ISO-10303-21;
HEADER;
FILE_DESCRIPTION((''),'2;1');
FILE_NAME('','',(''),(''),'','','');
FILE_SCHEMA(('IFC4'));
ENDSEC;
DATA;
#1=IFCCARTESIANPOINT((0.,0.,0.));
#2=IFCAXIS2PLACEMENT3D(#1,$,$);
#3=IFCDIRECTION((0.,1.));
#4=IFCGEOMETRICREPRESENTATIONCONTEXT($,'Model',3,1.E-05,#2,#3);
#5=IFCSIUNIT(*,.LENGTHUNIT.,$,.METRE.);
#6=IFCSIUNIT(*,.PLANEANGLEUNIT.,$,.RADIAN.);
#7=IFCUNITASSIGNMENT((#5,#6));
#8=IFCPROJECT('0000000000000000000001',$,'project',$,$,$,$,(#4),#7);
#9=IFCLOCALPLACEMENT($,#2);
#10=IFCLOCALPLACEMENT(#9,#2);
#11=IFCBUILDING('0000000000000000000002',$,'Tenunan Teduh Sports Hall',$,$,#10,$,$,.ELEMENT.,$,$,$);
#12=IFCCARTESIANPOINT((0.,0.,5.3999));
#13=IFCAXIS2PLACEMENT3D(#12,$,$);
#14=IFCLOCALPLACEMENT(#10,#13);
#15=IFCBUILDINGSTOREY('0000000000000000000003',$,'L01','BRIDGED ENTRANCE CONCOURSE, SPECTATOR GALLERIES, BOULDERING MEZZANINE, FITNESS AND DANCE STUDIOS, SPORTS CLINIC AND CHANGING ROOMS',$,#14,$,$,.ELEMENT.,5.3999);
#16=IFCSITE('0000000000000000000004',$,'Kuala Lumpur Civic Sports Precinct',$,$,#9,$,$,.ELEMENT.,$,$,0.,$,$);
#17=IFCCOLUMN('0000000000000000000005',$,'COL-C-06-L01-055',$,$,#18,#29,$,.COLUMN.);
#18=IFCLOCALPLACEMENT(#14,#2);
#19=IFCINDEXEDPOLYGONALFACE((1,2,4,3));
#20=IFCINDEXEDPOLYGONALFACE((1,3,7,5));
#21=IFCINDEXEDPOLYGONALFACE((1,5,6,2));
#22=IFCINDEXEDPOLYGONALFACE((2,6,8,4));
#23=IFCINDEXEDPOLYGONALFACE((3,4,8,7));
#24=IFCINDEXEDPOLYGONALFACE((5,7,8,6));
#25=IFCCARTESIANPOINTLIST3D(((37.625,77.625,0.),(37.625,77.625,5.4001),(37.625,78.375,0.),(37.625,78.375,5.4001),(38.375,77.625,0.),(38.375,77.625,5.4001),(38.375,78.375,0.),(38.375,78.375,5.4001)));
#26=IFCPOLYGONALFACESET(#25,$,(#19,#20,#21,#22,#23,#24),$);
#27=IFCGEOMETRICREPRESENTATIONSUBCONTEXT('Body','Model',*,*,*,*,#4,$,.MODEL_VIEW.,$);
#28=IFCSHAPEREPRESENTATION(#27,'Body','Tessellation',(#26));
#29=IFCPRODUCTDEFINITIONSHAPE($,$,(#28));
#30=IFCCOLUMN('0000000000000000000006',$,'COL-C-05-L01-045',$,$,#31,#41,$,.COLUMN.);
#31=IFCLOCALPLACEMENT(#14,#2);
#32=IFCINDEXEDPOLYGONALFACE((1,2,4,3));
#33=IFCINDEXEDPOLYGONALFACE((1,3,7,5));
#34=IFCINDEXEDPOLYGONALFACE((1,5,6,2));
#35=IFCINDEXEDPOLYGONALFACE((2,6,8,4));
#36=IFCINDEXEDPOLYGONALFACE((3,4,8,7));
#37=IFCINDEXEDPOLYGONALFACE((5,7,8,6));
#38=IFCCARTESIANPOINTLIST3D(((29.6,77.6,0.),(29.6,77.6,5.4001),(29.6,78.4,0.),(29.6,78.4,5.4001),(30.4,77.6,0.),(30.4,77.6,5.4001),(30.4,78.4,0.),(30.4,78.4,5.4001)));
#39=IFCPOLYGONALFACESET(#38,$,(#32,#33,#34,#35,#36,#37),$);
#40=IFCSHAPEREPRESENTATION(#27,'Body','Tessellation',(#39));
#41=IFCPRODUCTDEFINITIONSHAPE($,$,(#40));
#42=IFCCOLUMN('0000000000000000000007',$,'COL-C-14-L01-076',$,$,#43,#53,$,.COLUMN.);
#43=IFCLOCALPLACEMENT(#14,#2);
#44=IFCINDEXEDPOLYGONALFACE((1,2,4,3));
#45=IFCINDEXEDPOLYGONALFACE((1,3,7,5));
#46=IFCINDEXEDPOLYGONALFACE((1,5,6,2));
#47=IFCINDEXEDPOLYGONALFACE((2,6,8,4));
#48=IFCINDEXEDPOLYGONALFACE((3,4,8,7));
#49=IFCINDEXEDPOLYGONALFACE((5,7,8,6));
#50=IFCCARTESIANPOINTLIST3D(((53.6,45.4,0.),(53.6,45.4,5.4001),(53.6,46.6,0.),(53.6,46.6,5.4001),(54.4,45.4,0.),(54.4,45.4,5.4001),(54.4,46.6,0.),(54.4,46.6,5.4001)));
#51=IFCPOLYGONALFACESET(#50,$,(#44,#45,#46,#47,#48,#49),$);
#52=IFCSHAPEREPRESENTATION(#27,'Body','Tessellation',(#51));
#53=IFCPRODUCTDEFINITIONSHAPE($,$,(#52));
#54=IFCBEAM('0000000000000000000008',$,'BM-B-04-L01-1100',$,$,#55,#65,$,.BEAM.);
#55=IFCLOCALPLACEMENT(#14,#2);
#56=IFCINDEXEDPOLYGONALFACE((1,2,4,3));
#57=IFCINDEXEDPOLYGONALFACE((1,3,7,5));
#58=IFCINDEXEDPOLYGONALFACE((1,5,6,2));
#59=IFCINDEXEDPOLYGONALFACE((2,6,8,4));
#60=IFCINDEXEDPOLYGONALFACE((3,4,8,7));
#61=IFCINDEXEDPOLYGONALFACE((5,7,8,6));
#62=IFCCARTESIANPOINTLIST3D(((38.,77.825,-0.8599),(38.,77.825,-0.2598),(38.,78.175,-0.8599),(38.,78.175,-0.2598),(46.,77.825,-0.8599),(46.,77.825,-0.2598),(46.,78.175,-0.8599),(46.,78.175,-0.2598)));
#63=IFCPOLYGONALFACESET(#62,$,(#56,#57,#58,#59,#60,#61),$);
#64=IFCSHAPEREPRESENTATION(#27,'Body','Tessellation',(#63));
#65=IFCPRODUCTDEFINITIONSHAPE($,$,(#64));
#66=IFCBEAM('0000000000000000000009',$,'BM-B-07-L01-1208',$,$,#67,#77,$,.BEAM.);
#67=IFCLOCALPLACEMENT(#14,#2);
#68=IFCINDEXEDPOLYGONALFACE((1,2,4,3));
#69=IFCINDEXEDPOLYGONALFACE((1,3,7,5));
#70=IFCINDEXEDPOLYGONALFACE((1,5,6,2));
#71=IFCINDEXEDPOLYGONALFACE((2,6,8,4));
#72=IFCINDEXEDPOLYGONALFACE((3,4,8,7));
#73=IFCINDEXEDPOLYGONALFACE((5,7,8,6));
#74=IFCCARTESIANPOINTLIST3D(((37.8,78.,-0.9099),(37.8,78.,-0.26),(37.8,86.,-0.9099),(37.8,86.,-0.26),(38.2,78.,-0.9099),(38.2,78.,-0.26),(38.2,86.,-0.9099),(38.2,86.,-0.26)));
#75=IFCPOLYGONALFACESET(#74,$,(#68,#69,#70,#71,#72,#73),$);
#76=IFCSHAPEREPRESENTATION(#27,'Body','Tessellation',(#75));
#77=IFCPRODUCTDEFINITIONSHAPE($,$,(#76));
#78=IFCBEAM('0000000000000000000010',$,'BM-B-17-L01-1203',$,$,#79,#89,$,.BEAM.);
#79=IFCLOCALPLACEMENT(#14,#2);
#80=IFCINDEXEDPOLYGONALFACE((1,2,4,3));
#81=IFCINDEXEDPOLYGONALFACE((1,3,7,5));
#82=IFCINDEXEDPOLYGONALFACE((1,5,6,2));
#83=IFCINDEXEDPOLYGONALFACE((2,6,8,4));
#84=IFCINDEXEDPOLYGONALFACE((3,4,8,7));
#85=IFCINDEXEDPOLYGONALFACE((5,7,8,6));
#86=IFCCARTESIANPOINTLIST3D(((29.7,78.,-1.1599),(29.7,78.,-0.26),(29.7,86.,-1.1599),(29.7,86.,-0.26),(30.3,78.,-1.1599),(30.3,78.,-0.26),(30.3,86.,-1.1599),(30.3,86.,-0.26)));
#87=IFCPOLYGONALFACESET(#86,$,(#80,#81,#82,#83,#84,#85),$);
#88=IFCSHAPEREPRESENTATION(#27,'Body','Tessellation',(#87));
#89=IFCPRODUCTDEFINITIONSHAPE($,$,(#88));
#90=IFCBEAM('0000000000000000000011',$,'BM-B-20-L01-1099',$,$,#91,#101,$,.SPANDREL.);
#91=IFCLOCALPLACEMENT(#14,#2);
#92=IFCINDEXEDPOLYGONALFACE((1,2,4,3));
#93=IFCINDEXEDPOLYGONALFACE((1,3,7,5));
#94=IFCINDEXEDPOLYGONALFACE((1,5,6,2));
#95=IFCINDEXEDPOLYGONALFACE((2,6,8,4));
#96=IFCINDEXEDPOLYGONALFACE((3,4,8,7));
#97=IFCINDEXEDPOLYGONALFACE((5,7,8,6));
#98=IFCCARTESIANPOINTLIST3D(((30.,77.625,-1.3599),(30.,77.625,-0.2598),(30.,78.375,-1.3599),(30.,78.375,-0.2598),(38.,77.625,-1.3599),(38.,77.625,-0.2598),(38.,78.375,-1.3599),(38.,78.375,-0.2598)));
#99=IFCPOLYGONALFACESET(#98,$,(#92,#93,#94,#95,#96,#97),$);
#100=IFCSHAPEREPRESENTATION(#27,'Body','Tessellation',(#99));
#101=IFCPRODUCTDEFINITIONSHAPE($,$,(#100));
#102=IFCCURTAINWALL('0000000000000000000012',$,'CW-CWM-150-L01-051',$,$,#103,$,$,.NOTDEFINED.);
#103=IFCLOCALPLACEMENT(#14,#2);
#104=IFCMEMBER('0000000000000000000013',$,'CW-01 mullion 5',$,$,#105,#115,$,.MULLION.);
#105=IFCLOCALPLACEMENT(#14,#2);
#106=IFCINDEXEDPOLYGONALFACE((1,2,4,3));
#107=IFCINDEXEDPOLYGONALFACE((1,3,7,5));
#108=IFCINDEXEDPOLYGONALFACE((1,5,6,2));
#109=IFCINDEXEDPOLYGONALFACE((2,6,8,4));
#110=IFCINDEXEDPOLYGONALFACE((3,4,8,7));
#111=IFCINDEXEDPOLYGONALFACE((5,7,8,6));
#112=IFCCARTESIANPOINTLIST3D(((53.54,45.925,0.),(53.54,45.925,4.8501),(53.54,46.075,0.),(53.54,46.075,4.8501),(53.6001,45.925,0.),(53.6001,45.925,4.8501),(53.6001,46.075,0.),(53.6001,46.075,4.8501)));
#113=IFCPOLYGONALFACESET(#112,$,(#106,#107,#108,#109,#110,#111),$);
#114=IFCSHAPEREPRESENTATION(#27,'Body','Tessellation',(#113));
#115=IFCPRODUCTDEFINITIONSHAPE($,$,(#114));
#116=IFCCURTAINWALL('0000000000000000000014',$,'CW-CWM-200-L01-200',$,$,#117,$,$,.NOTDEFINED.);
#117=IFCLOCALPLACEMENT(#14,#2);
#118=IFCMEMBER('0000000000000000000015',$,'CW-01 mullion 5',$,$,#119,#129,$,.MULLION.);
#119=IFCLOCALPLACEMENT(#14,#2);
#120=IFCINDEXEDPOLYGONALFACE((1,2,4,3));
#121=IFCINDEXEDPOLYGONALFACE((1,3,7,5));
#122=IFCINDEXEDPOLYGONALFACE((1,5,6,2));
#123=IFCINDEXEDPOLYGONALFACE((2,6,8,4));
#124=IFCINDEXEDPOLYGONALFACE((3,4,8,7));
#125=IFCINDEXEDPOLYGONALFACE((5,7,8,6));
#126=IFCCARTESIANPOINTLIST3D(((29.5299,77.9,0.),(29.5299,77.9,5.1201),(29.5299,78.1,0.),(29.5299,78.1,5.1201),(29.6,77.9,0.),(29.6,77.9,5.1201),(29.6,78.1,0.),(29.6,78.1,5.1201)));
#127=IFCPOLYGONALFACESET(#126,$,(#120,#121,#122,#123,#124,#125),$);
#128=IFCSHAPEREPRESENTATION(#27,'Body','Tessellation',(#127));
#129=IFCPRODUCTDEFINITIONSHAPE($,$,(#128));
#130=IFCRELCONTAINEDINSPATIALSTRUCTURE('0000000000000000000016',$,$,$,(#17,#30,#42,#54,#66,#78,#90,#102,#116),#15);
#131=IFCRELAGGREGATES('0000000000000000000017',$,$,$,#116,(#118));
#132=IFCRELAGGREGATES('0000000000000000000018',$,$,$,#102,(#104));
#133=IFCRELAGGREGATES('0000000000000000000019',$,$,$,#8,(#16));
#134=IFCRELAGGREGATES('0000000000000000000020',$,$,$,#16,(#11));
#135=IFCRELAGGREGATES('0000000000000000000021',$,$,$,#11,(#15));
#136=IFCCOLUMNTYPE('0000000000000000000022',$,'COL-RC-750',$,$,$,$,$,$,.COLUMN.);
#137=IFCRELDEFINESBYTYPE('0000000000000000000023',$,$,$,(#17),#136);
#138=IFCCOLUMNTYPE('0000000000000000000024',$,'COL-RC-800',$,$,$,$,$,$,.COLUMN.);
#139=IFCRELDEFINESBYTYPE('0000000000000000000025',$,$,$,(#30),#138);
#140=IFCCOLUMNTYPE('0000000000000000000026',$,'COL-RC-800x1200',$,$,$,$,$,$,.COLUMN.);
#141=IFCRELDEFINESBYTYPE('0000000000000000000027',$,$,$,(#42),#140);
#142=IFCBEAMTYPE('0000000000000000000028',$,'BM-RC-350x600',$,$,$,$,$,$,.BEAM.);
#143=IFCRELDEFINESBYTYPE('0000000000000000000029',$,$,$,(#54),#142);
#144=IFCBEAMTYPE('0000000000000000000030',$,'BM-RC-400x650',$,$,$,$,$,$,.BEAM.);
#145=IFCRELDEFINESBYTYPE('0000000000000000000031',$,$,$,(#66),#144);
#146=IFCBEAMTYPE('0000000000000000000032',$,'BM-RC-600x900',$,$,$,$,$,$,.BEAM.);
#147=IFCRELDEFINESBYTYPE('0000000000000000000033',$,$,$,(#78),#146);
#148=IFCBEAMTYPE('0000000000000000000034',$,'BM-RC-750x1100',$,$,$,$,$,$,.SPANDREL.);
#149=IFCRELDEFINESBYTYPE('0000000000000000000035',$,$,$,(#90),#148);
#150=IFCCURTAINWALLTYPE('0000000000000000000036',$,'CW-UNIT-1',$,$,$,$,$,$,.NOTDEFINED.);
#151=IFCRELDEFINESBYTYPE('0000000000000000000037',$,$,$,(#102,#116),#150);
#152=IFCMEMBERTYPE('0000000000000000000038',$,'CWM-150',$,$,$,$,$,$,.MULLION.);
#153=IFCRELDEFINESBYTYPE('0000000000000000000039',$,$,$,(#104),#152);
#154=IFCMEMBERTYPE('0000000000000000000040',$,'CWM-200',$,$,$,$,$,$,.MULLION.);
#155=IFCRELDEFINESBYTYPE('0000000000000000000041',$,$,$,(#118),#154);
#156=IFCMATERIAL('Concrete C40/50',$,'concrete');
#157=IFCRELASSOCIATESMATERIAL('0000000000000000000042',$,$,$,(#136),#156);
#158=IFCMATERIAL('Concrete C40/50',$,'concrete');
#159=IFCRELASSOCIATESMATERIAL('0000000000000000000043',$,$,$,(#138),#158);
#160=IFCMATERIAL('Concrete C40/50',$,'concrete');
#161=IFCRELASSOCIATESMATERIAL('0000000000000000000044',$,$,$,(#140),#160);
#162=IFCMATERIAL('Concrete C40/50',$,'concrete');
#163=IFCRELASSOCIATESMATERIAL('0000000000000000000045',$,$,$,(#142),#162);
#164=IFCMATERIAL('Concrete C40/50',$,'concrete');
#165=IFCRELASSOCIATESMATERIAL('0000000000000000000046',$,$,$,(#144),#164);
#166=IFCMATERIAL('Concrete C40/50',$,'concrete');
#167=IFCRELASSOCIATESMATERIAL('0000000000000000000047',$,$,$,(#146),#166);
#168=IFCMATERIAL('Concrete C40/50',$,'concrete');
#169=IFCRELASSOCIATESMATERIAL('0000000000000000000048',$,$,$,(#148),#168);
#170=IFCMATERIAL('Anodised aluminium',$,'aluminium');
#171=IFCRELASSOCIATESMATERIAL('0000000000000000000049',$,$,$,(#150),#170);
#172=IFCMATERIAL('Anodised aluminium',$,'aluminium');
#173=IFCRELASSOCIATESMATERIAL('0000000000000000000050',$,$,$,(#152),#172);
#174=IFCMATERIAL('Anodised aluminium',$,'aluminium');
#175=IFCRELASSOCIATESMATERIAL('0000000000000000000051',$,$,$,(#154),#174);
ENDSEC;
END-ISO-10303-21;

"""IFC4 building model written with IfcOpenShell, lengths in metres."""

from ifc_helpers import new_model, si_unit, direction, frame, origin, origin_2d, place, context, subcontext, project, spatial, rectangle, extrude, material, material_profile, profile_set, type_object, element, aggregate, save


model = new_model("IFC4")

# Units and contexts
model_context = context("Model", 3, precision=1e-05, world=origin(), true_north=direction((0.0, 1.0)))
body_context = subcontext(model_context, "Body", "Model", "MODEL_VIEW")
ifc_project = project(units=[si_unit("LENGTHUNIT", "METRE"), si_unit("PLANEANGLEUNIT", "RADIAN")], contexts=[model_context])

# Site, building, storey
site_placement = place(None, origin())
site = spatial("IfcSite", under=ifc_project, at=site_placement, Name="Kuala Lumpur Civic Sports Precinct", CompositionType="ELEMENT", RefElevation=0.0)
building_placement = place(site_placement, origin())
building = spatial("IfcBuilding", under=site, at=building_placement, Name="Tenunan Teduh Sports Hall", CompositionType="ELEMENT")
storey_placement = place(building_placement, frame((0.0, 0.0, 5.3999)))
storey = spatial("IfcBuildingStorey", under=building, at=storey_placement, Name="L01", Description="BRIDGED ENTRANCE CONCOURSE, SPECTATOR GALLERIES, BOULDERING MEZZANINE, FITNESS AND DANCE STUDIOS, SPORTS CLINIC AND CHANGING ROOMS", CompositionType="ELEMENT", Elevation=5.3999)

# Columns
ifc_material_1 = material(Name="Concrete C40/50", Category="concrete")
ifc_material_profile_1 = material_profile(ifc_material_1, rectangle(XDim=0.75, YDim=0.75, at=origin_2d()), Name="RC 750x750")
ifc_profile_set_1 = profile_set([ifc_material_profile_1], Name="Concrete C40/50")
column_type_1 = type_object("IfcColumnType", Name="COL-RC-750", PredefinedType="COLUMN", material=ifc_profile_set_1)
column_1_placement = place(storey_placement, frame((38.0, 78.0, 0.0), z_axis=(0.0, 0.0, 1.0), x_axis=(1.0, 0.0, 0.0)))
element("IfcColumn", 1, at=column_1_placement, inside=storey, type_object=column_type_1, Name="COL-C-06-L01-055", PredefinedType="COLUMN", context=body_context, shape_type="SweptSolid", body=[
    extrude(rectangle(XDim=0.75, YDim=0.75, at=origin_2d()), origin(), (0.0, 0.0, 1.0), 5.4001),
])
ifc_material_2 = material(Name="Concrete C40/50", Category="concrete")
ifc_material_profile_2 = material_profile(ifc_material_2, rectangle(XDim=0.8, YDim=0.8, at=origin_2d()), Name="RC 800x800")
ifc_profile_set_2 = profile_set([ifc_material_profile_2], Name="Concrete C40/50")
column_type_2 = type_object("IfcColumnType", Name="COL-RC-800", PredefinedType="COLUMN", material=ifc_profile_set_2)
column_2_placement = place(storey_placement, frame((30.0, 78.0, 0.0), z_axis=(0.0, 0.0, 1.0), x_axis=(1.0, 0.0, 0.0)))
element("IfcColumn", 2, at=column_2_placement, inside=storey, type_object=column_type_2, Name="COL-C-05-L01-045", PredefinedType="COLUMN", context=body_context, shape_type="SweptSolid", body=[
    extrude(rectangle(XDim=0.8, YDim=0.8, at=origin_2d()), origin(), (0.0, 0.0, 1.0), 5.4001),
])
ifc_material_3 = material(Name="Concrete C40/50", Category="concrete")
ifc_material_profile_3 = material_profile(ifc_material_3, rectangle(XDim=0.8, YDim=1.2, at=origin_2d()), Name="RC 800x1200")
ifc_profile_set_3 = profile_set([ifc_material_profile_3], Name="Concrete C40/50")
column_type_3 = type_object("IfcColumnType", Name="COL-RC-800x1200", PredefinedType="COLUMN", material=ifc_profile_set_3)
column_3_placement = place(storey_placement, frame((54.0, 46.0, 0.0), z_axis=(0.0, 0.0, 1.0), x_axis=(1.0, 0.0, 0.0)))
element("IfcColumn", 3, at=column_3_placement, inside=storey, type_object=column_type_3, Name="COL-C-14-L01-076", PredefinedType="COLUMN", context=body_context, shape_type="SweptSolid", body=[
    extrude(rectangle(XDim=0.8, YDim=1.2, at=origin_2d()), origin(), (0.0, 0.0, 1.0), 5.4001),
])

# Beams
ifc_material_4 = material(Name="Concrete C40/50", Category="concrete")
ifc_material_profile_4 = material_profile(ifc_material_4, rectangle(XDim=0.3501, YDim=0.6001, at=origin_2d()), Name="RCB 350x600")
ifc_profile_set_4 = profile_set([ifc_material_profile_4], Name="Concrete C40/50")
beam_type_1 = type_object("IfcBeamType", Name="BM-RC-350x600", PredefinedType="BEAM", material=ifc_profile_set_4)
beam_1_placement = place(storey_placement, frame((38.0, 78.0, -0.5598), z_axis=(1.0, 0.0, 0.0), x_axis=(0.0, 1.0, 0.0)))
element("IfcBeam", 4, at=beam_1_placement, inside=storey, type_object=beam_type_1, Name="BM-B-04-L01-1100", PredefinedType="BEAM", context=body_context, shape_type="SweptSolid", body=[
    extrude(rectangle(XDim=0.3501, YDim=0.6001, at=origin_2d()), origin(), (0.0, 0.0, 1.0), 8.0),
])
ifc_material_5 = material(Name="Concrete C40/50", Category="concrete")
ifc_material_profile_5 = material_profile(ifc_material_5, rectangle(XDim=0.3999, YDim=0.6499, at=origin_2d()), Name="RCB 400x650")
ifc_profile_set_5 = profile_set([ifc_material_profile_5], Name="Concrete C40/50")
beam_type_2 = type_object("IfcBeamType", Name="BM-RC-400x650", PredefinedType="BEAM", material=ifc_profile_set_5)
beam_2_placement = place(storey_placement, frame((38.0, 78.0, -0.585), z_axis=(0.0, 1.0, 0.0), x_axis=(-1.0, 0.0, 0.0)))
element("IfcBeam", 5, at=beam_2_placement, inside=storey, type_object=beam_type_2, Name="BM-B-07-L01-1208", PredefinedType="BEAM", context=body_context, shape_type="SweptSolid", body=[
    extrude(rectangle(XDim=0.3999, YDim=0.6499, at=origin_2d()), origin(), (0.0, 0.0, 1.0), 8.0),
])
ifc_material_6 = material(Name="Concrete C40/50", Category="concrete")
ifc_material_profile_6 = material_profile(ifc_material_6, rectangle(XDim=0.6001, YDim=0.8999, at=origin_2d()), Name="RCB 600x900")
ifc_profile_set_6 = profile_set([ifc_material_profile_6], Name="Concrete C40/50")
beam_type_3 = type_object("IfcBeamType", Name="BM-RC-600x900", PredefinedType="BEAM", material=ifc_profile_set_6)
beam_3_placement = place(storey_placement, frame((30.0, 78.0, -0.71), z_axis=(0.0, 1.0, 0.0), x_axis=(-1.0, 0.0, 0.0)))
element("IfcBeam", 6, at=beam_3_placement, inside=storey, type_object=beam_type_3, Name="BM-B-17-L01-1203", PredefinedType="BEAM", context=body_context, shape_type="SweptSolid", body=[
    extrude(rectangle(XDim=0.6001, YDim=0.8999, at=origin_2d()), origin(), (0.0, 0.0, 1.0), 8.0),
])
ifc_material_7 = material(Name="Concrete C40/50", Category="concrete")
ifc_material_profile_7 = material_profile(ifc_material_7, rectangle(XDim=0.75, YDim=1.1001, at=origin_2d()), Name="RCB 750x1100")
ifc_profile_set_7 = profile_set([ifc_material_profile_7], Name="Concrete C40/50")
beam_type_4 = type_object("IfcBeamType", Name="BM-RC-750x1100", PredefinedType="SPANDREL", material=ifc_profile_set_7)
beam_4_placement = place(storey_placement, frame((30.0, 78.0, -0.8098), z_axis=(1.0, 0.0, 0.0), x_axis=(0.0, 1.0, 0.0)))
element("IfcBeam", 7, at=beam_4_placement, inside=storey, type_object=beam_type_4, Name="BM-B-20-L01-1099", PredefinedType="SPANDREL", context=body_context, shape_type="SweptSolid", body=[
    extrude(rectangle(XDim=0.75, YDim=1.1001, at=origin_2d()), origin(), (0.0, 0.0, 1.0), 8.0),
])

# Curtain walls, members
ifc_material_8 = material(Name="Anodised aluminium", Category="aluminium")
curtain_wall_type = type_object("IfcCurtainWallType", Name="CW-UNIT-1", PredefinedType="NOTDEFINED", material=ifc_material_8)
curtain_wall_1_placement = place(storey_placement, origin())
curtain_wall_1 = element("IfcCurtainWall", 8, at=curtain_wall_1_placement, inside=storey, type_object=curtain_wall_type, Name="CW-CWM-150-L01-051", PredefinedType="NOTDEFINED")
ifc_material_9 = material(Name="Anodised aluminium", Category="aluminium")
ifc_material_profile_8 = material_profile(ifc_material_9, rectangle(XDim=0.0601, YDim=0.1499, at=origin_2d()), Name="CWM 60x150")
ifc_profile_set_8 = profile_set([ifc_material_profile_8], Name="Anodised aluminium")
member_type_1 = type_object("IfcMemberType", Name="CWM-150", PredefinedType="MULLION", material=ifc_profile_set_8)
member_1_placement = place(storey_placement, frame((53.5701, 46.0, 0.0), z_axis=(0.0, 0.0, 1.0), x_axis=(1.0, 0.0, 0.0)))
member_1 = element("IfcMember", 9, at=member_1_placement, type_object=member_type_1, Name="CW-01 mullion 5", PredefinedType="MULLION", context=body_context, shape_type="SweptSolid", body=[
    extrude(rectangle(XDim=0.0601, YDim=0.1499, at=origin_2d()), origin(), (0.0, 0.0, 1.0), 4.8501),
])
curtain_wall_2_placement = place(storey_placement, origin())
curtain_wall_2 = element("IfcCurtainWall", 10, at=curtain_wall_2_placement, inside=storey, type_object=curtain_wall_type, Name="CW-CWM-200-L01-200", PredefinedType="NOTDEFINED")
ifc_material_10 = material(Name="Anodised aluminium", Category="aluminium")
ifc_material_profile_9 = material_profile(ifc_material_10, rectangle(XDim=0.0701, YDim=0.2, at=origin_2d()), Name="CWM 70x200")
ifc_profile_set_9 = profile_set([ifc_material_profile_9], Name="Anodised aluminium")
member_type_2 = type_object("IfcMemberType", Name="CWM-200", PredefinedType="MULLION", material=ifc_profile_set_9)
member_2_placement = place(storey_placement, frame((29.5649, 78.0, 0.0), z_axis=(0.0, 0.0, 1.0), x_axis=(1.0, 0.0, 0.0)))
member_2 = element("IfcMember", 11, at=member_2_placement, type_object=member_type_2, Name="CW-01 mullion 5", PredefinedType="MULLION", context=body_context, shape_type="SweptSolid", body=[
    extrude(rectangle(XDim=0.0701, YDim=0.2, at=origin_2d()), origin(), (0.0, 0.0, 1.0), 5.1201),
])
aggregate(curtain_wall_2, [member_2])

aggregate(curtain_wall_1, [member_1])

save(model, "model.ifc")
